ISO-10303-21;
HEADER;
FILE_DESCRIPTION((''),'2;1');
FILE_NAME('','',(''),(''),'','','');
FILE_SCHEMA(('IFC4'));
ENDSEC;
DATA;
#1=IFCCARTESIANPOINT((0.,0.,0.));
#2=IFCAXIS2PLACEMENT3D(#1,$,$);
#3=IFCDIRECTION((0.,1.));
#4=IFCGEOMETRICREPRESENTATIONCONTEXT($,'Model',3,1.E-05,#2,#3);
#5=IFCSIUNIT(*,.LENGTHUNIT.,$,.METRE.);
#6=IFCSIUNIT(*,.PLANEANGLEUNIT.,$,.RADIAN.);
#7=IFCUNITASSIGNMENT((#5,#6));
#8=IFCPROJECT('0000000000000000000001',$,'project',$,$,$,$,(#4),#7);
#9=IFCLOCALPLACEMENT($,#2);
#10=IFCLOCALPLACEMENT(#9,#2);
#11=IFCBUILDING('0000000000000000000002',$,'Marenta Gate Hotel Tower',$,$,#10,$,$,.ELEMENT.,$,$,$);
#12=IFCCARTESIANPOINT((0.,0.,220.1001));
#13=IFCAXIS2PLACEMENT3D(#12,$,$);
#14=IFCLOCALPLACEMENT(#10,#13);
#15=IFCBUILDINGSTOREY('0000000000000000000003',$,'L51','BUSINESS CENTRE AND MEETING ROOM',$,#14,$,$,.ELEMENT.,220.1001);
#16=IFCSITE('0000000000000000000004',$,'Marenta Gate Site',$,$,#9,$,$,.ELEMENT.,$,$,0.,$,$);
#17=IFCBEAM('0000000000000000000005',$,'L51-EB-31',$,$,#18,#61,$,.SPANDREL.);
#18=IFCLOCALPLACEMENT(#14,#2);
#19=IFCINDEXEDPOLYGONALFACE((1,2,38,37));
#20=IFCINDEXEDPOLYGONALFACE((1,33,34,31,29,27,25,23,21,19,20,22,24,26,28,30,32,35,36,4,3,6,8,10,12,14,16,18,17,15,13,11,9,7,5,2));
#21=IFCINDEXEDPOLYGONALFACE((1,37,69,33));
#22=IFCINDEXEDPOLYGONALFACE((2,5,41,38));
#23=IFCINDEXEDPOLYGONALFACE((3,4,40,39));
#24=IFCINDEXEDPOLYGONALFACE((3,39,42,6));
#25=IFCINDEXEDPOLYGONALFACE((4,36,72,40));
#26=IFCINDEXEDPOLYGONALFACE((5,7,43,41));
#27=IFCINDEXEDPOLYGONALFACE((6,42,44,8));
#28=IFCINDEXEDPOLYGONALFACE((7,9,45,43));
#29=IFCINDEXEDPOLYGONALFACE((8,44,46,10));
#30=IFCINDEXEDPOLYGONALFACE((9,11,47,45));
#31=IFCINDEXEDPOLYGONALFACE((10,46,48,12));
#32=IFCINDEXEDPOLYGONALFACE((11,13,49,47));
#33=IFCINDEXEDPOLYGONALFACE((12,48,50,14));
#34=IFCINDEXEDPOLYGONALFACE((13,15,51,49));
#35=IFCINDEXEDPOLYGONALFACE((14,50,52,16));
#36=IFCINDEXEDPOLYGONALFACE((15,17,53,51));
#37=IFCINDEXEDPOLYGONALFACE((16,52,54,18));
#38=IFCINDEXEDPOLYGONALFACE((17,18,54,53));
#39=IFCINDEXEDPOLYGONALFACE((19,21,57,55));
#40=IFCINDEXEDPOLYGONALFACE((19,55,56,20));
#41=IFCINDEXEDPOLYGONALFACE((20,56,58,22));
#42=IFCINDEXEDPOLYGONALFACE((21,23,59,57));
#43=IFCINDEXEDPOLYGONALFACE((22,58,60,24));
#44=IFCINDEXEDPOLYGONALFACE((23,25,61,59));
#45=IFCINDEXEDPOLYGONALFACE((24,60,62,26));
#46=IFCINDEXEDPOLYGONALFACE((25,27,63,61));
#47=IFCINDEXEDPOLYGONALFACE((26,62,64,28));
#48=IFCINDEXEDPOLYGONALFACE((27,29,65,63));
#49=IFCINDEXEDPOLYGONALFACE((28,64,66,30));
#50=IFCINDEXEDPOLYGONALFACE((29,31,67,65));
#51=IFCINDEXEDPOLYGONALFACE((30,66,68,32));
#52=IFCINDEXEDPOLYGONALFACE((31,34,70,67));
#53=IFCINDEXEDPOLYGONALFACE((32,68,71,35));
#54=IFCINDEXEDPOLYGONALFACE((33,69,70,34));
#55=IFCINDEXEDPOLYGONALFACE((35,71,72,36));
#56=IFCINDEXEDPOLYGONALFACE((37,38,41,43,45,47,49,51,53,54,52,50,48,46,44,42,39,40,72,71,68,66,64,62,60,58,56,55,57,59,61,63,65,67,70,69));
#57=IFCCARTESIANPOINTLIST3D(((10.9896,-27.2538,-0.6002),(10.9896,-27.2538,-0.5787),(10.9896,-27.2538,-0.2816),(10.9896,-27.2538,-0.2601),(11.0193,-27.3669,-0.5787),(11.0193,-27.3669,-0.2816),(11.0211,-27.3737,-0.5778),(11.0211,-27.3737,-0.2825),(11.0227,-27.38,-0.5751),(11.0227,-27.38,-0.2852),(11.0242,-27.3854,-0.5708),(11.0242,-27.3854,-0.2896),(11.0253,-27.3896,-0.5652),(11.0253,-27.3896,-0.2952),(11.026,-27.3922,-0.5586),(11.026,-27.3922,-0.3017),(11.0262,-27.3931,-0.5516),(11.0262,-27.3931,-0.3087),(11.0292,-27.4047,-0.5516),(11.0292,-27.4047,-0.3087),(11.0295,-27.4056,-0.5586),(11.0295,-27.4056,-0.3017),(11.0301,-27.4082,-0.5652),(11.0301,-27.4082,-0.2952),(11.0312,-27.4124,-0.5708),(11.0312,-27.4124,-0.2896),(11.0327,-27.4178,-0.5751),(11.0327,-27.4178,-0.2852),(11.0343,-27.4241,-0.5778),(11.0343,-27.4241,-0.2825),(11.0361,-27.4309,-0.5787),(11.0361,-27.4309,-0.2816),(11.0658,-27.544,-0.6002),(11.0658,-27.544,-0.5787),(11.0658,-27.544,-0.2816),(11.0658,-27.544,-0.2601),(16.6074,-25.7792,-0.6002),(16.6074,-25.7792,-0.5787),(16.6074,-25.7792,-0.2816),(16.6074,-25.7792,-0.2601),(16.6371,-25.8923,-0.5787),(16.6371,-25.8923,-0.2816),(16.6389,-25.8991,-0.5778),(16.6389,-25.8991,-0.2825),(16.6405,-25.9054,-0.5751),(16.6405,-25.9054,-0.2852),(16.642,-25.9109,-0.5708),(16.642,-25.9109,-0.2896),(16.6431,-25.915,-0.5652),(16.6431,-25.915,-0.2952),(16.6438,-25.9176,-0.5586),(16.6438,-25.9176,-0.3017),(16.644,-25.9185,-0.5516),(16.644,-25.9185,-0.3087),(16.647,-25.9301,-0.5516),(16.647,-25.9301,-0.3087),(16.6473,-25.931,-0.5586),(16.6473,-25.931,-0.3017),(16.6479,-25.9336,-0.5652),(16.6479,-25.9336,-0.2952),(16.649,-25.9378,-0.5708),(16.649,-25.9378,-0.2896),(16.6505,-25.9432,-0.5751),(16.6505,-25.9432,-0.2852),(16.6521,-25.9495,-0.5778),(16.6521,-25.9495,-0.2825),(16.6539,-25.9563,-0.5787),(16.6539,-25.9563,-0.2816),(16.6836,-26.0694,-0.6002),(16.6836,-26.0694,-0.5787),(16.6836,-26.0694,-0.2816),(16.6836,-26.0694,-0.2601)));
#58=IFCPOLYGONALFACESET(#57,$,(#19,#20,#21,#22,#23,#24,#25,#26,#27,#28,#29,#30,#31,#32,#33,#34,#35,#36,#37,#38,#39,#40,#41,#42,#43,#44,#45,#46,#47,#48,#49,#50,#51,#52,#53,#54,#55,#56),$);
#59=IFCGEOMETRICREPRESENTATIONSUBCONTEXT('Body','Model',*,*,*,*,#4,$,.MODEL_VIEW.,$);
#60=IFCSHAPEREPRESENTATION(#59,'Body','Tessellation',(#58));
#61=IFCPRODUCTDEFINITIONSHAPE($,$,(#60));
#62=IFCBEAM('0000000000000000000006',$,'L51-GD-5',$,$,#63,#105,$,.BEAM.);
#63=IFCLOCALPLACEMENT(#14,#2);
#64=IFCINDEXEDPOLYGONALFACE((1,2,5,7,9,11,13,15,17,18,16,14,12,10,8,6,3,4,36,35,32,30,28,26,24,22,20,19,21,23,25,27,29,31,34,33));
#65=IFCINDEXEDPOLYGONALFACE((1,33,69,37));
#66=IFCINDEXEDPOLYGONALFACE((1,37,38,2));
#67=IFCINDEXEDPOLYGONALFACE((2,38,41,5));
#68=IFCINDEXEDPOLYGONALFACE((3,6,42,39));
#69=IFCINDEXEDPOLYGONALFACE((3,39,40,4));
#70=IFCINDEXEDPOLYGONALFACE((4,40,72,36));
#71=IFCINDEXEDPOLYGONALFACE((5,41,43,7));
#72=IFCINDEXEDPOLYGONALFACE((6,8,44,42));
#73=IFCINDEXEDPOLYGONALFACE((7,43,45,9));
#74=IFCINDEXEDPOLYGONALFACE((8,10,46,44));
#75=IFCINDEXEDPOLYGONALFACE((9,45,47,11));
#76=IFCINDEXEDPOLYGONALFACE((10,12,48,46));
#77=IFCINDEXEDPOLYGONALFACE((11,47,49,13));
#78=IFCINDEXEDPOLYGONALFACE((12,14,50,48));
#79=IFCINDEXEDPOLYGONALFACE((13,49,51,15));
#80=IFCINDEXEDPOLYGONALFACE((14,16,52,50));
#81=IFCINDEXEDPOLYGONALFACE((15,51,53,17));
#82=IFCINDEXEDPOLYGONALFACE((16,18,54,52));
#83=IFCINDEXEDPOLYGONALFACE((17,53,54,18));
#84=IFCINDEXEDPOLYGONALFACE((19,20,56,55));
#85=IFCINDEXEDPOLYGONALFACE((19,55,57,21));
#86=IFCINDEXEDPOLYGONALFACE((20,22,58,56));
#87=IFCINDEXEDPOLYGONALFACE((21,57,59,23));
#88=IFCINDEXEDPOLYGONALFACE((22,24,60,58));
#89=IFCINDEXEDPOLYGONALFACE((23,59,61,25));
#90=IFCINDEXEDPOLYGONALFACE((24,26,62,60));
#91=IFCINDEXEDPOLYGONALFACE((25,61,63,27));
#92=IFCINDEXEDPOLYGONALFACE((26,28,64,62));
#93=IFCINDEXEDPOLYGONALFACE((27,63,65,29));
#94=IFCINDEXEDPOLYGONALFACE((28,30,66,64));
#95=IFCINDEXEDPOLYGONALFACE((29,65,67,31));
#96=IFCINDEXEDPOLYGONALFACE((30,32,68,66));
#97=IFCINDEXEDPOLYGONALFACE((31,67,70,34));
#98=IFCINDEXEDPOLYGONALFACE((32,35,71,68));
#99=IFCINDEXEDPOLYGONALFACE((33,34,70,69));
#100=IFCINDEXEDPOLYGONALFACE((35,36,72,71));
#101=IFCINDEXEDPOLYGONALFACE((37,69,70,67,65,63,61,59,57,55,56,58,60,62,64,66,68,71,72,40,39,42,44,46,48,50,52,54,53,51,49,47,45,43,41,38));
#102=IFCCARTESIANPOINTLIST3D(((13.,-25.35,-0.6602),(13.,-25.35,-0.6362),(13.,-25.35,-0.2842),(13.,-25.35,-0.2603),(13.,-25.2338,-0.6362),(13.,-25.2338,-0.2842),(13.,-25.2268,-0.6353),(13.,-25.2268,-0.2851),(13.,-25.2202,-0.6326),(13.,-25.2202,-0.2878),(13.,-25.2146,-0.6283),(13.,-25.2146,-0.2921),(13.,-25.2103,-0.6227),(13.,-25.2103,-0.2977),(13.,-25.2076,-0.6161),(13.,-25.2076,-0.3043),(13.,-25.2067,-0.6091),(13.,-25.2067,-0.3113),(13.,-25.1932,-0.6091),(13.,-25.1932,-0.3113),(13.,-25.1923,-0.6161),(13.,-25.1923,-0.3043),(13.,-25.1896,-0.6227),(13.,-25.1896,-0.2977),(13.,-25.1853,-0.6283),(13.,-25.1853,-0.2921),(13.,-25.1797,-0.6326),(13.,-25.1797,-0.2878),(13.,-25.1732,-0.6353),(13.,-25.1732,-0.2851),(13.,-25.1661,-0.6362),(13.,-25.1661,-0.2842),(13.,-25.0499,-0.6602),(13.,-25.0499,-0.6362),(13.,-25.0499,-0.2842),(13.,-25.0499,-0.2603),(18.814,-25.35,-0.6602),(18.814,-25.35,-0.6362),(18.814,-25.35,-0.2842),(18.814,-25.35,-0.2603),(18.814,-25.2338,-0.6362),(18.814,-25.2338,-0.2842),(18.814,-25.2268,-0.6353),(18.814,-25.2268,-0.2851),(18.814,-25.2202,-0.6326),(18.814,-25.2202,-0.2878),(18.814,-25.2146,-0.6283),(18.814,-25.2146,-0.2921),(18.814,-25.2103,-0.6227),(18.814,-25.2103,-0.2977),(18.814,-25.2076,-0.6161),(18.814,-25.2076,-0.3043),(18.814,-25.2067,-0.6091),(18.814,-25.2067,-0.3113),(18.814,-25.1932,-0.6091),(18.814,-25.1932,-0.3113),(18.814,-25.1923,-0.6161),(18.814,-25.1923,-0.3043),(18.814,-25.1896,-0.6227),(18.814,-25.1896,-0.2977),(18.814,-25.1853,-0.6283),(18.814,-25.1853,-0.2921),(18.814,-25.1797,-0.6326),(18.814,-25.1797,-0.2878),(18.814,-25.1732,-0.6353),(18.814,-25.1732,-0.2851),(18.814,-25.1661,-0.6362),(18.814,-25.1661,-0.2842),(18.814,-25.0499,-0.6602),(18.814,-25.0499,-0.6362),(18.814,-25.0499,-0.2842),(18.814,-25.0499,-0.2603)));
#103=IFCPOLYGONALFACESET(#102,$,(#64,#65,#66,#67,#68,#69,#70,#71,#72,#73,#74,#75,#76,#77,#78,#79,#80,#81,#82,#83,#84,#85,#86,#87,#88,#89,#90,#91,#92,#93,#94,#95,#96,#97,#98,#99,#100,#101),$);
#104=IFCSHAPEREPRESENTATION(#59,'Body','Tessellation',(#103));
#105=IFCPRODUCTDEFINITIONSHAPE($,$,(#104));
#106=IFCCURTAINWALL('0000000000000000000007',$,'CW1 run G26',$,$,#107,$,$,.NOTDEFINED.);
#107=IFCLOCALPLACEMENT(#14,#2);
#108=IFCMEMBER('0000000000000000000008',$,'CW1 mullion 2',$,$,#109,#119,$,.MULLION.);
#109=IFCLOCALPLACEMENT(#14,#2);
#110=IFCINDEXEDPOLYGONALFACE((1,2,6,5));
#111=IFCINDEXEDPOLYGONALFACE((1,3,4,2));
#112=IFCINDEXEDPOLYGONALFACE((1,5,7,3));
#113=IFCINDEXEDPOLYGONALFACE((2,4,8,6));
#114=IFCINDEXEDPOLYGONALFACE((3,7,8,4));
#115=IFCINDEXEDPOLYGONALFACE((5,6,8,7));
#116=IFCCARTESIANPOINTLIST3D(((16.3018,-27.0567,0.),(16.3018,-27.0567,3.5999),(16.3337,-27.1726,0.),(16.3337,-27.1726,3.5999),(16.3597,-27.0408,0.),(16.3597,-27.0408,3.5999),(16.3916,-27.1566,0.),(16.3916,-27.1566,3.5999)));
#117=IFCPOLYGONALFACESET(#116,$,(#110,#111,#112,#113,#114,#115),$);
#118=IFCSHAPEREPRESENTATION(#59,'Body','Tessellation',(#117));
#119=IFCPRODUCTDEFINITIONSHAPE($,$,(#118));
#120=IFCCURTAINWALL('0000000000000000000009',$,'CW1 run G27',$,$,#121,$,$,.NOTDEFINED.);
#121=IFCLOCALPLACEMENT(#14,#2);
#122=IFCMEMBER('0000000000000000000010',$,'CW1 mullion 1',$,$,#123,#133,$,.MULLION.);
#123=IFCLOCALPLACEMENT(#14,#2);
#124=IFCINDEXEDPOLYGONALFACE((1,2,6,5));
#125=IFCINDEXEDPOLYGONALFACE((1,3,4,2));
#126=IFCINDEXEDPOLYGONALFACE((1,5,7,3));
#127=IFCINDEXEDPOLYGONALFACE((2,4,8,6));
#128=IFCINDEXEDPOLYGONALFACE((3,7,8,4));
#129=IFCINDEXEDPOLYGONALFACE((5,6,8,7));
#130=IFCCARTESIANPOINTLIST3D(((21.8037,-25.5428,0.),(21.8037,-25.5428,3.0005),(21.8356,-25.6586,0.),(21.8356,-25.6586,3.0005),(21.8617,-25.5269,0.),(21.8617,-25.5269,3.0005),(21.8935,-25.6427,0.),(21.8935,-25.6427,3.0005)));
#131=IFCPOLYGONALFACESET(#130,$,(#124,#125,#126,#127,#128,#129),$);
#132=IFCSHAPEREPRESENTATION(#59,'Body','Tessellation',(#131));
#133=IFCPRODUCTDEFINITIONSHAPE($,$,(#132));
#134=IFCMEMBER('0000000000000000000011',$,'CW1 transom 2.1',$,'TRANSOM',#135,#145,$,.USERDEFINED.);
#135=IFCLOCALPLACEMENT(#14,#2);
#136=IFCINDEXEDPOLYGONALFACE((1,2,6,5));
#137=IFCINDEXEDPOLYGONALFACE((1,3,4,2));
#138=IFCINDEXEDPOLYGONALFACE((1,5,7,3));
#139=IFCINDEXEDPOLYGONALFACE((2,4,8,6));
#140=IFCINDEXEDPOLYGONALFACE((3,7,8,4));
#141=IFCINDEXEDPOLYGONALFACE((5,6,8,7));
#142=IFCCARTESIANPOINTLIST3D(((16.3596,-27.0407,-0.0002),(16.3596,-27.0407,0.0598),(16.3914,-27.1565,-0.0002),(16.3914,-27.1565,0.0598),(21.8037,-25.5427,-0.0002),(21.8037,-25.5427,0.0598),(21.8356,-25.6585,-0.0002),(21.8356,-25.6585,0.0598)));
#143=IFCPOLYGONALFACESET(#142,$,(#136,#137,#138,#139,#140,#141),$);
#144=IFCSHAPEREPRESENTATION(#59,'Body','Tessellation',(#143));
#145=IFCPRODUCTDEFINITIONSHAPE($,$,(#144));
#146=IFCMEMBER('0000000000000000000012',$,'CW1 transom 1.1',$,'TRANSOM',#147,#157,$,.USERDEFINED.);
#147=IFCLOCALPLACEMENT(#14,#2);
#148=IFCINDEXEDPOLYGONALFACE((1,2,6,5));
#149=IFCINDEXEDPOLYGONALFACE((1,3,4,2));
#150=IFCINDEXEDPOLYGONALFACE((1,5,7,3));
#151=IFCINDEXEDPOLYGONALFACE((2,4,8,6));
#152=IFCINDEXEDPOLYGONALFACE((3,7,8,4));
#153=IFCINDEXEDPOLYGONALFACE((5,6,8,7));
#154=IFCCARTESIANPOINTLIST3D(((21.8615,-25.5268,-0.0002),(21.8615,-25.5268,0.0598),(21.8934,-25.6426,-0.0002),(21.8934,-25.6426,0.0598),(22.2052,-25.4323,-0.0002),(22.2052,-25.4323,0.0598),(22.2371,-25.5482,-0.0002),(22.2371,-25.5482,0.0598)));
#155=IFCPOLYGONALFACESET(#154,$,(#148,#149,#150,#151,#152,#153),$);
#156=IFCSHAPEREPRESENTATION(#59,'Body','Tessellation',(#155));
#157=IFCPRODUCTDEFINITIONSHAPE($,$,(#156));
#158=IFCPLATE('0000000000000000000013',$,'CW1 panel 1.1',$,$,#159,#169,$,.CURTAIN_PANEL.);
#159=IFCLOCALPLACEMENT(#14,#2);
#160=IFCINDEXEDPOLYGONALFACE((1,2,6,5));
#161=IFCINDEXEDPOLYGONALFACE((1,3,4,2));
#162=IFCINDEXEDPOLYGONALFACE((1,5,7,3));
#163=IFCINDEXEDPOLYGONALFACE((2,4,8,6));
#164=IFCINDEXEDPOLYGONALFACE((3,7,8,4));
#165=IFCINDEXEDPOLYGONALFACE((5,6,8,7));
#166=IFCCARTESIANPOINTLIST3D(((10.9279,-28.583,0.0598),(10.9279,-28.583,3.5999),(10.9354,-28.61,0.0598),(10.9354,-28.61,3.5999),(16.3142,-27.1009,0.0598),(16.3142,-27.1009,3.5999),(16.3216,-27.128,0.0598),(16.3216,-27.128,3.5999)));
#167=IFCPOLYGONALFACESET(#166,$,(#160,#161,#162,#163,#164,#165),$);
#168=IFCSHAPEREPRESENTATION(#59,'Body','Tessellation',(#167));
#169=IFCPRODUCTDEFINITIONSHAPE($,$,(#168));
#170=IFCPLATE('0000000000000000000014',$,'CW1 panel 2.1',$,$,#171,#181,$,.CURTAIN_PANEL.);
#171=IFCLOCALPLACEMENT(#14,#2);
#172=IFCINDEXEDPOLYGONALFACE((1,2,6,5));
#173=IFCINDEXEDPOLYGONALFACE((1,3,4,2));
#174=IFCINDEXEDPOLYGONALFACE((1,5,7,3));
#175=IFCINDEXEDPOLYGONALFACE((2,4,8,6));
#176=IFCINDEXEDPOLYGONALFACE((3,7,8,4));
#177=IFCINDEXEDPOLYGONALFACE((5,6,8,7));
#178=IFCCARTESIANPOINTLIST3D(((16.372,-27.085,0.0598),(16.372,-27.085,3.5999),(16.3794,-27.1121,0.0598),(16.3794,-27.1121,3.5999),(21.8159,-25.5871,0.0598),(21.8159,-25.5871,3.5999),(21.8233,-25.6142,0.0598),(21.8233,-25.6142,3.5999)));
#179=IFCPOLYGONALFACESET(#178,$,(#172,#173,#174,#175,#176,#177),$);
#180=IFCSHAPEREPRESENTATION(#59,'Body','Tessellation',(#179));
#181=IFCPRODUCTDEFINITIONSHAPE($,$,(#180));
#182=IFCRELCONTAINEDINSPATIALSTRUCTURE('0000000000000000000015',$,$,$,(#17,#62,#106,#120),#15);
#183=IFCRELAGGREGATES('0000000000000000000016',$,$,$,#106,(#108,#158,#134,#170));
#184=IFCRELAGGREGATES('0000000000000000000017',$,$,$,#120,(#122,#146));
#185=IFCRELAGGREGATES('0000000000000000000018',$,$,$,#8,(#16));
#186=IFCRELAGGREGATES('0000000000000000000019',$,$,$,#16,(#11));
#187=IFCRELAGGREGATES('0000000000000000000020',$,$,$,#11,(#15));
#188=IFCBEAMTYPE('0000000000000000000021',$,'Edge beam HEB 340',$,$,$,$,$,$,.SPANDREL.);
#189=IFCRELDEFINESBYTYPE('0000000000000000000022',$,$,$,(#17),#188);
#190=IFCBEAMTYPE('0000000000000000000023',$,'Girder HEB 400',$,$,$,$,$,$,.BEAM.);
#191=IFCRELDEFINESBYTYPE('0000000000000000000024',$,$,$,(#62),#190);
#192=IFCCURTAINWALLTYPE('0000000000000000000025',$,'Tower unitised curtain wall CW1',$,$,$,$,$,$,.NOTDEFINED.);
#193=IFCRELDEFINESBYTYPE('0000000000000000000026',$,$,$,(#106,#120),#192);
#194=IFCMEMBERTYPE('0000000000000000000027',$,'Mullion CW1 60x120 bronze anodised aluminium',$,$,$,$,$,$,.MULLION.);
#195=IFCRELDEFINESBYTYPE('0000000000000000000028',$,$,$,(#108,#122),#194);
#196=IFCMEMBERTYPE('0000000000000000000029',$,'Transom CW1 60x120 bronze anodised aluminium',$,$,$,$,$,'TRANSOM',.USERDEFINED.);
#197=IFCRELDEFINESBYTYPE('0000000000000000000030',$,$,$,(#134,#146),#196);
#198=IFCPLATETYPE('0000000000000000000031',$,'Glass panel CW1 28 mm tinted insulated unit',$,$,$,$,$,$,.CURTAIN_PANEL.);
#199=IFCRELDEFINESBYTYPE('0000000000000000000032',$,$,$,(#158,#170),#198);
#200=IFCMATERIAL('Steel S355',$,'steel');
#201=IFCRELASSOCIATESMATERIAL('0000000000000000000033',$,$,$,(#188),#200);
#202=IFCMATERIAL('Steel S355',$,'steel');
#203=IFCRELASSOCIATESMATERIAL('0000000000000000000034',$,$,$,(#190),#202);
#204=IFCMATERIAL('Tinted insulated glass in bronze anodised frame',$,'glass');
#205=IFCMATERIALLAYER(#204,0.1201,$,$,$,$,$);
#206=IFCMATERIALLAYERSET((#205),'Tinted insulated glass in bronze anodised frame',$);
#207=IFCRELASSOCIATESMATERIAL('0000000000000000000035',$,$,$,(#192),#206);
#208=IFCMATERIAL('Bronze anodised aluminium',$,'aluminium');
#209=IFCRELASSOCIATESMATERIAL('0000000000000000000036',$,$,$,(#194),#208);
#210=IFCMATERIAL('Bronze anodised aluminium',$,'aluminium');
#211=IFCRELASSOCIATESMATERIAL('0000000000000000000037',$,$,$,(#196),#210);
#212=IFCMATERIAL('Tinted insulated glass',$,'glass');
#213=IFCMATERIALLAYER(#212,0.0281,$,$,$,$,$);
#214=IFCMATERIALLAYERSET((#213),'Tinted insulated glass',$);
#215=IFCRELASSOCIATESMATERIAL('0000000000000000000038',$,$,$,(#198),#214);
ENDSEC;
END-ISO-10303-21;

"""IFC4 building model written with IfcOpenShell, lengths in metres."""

from ifc_helpers import new_model, si_unit, direction, frame, origin, origin_2d, place, context, subcontext, project, spatial, rectangle, i_section, extrude, material, layer, layer_set, material_profile, profile_set, type_object, element, aggregate, save


model = new_model("IFC4")

# Units and contexts
model_context = context("Model", 3, precision=1e-05, world=origin(), true_north=direction((0.0, 1.0)))
body_context = subcontext(model_context, "Body", "Model", "MODEL_VIEW")
ifc_project = project(units=[si_unit("LENGTHUNIT", "METRE"), si_unit("PLANEANGLEUNIT", "RADIAN")], contexts=[model_context])

# Site, building, storey
site_placement = place(None, origin())
site = spatial("IfcSite", under=ifc_project, at=site_placement, Name="Marenta Gate Site", CompositionType="ELEMENT", RefElevation=0.0)
building_placement = place(site_placement, origin())
building = spatial("IfcBuilding", under=site, at=building_placement, Name="Marenta Gate Hotel Tower", CompositionType="ELEMENT")
storey_placement = place(building_placement, frame((0.0, 0.0, 220.1001)))
storey = spatial("IfcBuildingStorey", under=building, at=storey_placement, Name="L51", Description="BUSINESS CENTRE AND MEETING ROOM", CompositionType="ELEMENT", Elevation=220.1001)

# Beams
ifc_material_1 = material(Name="Steel S355", Category="steel")
ifc_material_profile_1 = material_profile(ifc_material_1, i_section(OverallWidth=0.3, OverallDepth=0.3401, WebThickness=0.012, FlangeThickness=0.0215, FilletRadius=0.0271, at=origin_2d()), Name="HEB 340")
ifc_profile_set_1 = profile_set([ifc_material_profile_1], Name="Steel S355")
beam_type_1 = type_object("IfcBeamType", Name="Edge beam HEB 340", PredefinedType="SPANDREL", material=ifc_profile_set_1)
beam_1_placement = place(storey_placement, frame((16.6455, -25.9243, -0.4302), z_axis=(-0.967235, -0.253883, 0.0), x_axis=(0.253883, -0.967235, 0.0)))
element("IfcBeam", 1, at=beam_1_placement, inside=storey, type_object=beam_type_1, Name="L51-EB-31", PredefinedType="SPANDREL", context=body_context, shape_type="SweptSolid", body=[
    extrude(i_section(OverallWidth=0.3, OverallDepth=0.3401, WebThickness=0.012, FlangeThickness=0.0215, FilletRadius=0.0271, at=origin_2d()), origin(), (0.0, 0.0, 1.0), 5.8081),
])
ifc_material_2 = material(Name="Steel S355", Category="steel")
ifc_material_profile_2 = material_profile(ifc_material_2, i_section(OverallWidth=0.3, OverallDepth=0.3999, WebThickness=0.0134, FlangeThickness=0.0239, FilletRadius=0.0271, at=origin_2d()), Name="HEB 400")
ifc_profile_set_2 = profile_set([ifc_material_profile_2], Name="Steel S355")
beam_type_2 = type_object("IfcBeamType", Name="Girder HEB 400", PredefinedType="BEAM", material=ifc_profile_set_2)
beam_2_placement = place(storey_placement, frame((13.0, -25.2, -0.4602), z_axis=(1.0, 0.0, 0.0), x_axis=(0.0, 1.0, 0.0)))
element("IfcBeam", 2, at=beam_2_placement, inside=storey, type_object=beam_type_2, Name="L51-GD-5", PredefinedType="BEAM", context=body_context, shape_type="SweptSolid", body=[
    extrude(i_section(OverallWidth=0.3, OverallDepth=0.3999, WebThickness=0.0134, FlangeThickness=0.0239, FilletRadius=0.0271, at=origin_2d()), origin(), (0.0, 0.0, 1.0), 5.814),
])

# Curtain walls, members
ifc_material_3 = material(Name="Tinted insulated glass in bronze anodised frame", Category="glass")
ifc_layer_1 = layer(ifc_material_3, 0.1201)
ifc_layer_set_1 = layer_set([ifc_layer_1], Name="Tinted insulated glass in bronze anodised frame")
curtain_wall_type = type_object("IfcCurtainWallType", Name="Tower unitised curtain wall CW1", PredefinedType="NOTDEFINED", material=ifc_layer_set_1)
curtain_wall_1_placement = place(storey_placement, origin())
curtain_wall_1 = element("IfcCurtainWall", 3, at=curtain_wall_1_placement, inside=storey, type_object=curtain_wall_type, Name="CW1 run G26", PredefinedType="NOTDEFINED")
ifc_material_4 = material(Name="Bronze anodised aluminium", Category="aluminium")
ifc_material_profile_3 = material_profile(ifc_material_4, rectangle(XDim=0.1201, YDim=0.0601, at=origin_2d()), Name="Mullion CW1 60x120 bronze anodised aluminium")
ifc_profile_set_3 = profile_set([ifc_material_profile_3], Name="Bronze anodised aluminium")
member_type_1 = type_object("IfcMemberType", Name="Mullion CW1 60x120 bronze anodised aluminium", PredefinedType="MULLION", material=ifc_profile_set_3)
member_1_placement = place(storey_placement, frame((16.3467, -27.1067, 0.0), z_axis=(0.0, 0.0, 1.0), x_axis=(-0.265294, 0.964168, 0.0)))
member_1 = element("IfcMember", 4, at=member_1_placement, type_object=member_type_1, Name="CW1 mullion 2", PredefinedType="MULLION", context=body_context, shape_type="SweptSolid", body=[
    extrude(rectangle(XDim=0.1201, YDim=0.0601, at=origin_2d()), origin(), (0.0, 0.0, 1.0), 3.5999),
])
curtain_wall_2_placement = place(storey_placement, origin())
curtain_wall_2 = element("IfcCurtainWall", 5, at=curtain_wall_2_placement, inside=storey, type_object=curtain_wall_type, Name="CW1 run G27", PredefinedType="NOTDEFINED")
member_2_placement = place(storey_placement, frame((21.8486, -25.5928, 0.0), z_axis=(0.0, 0.0, 1.0), x_axis=(-0.265283, 0.964171, 0.0)))
member_2 = element("IfcMember", 6, at=member_2_placement, type_object=member_type_1, Name="CW1 mullion 1", PredefinedType="MULLION", context=body_context, shape_type="SweptSolid", body=[
    extrude(rectangle(XDim=0.1201, YDim=0.0601, at=origin_2d()), origin(), (0.0, 0.0, 1.0), 3.0005),
])

# Members
ifc_material_5 = material(Name="Bronze anodised aluminium", Category="aluminium")
ifc_material_profile_4 = material_profile(ifc_material_5, rectangle(XDim=0.1201, YDim=0.0601, at=origin_2d()), Name="Transom CW1 60x120 bronze anodised aluminium")
ifc_profile_set_4 = profile_set([ifc_material_profile_4], Name="Bronze anodised aluminium")
member_type_2 = type_object("IfcMemberType", Name="Transom CW1 60x120 bronze anodised aluminium", ElementType="TRANSOM", PredefinedType="USERDEFINED", material=ifc_profile_set_4)
member_3_placement = place(storey_placement, frame((16.3755, -27.0986, 0.0298), z_axis=(0.964164, 0.265308, 0.0), x_axis=(-0.265308, 0.964164, 0.0)))
member_3 = element("IfcMember", 7, at=member_3_placement, type_object=member_type_2, Name="CW1 transom 2.1", ObjectType="TRANSOM", PredefinedType="USERDEFINED", context=body_context, shape_type="SweptSolid", body=[
    extrude(rectangle(XDim=0.1201, YDim=0.0601, at=origin_2d()), origin(), (0.0, 0.0, 1.0), 5.6465),
])
member_4_placement = place(storey_placement, frame((21.8774, -25.5847, 0.0298), z_axis=(0.96424, 0.265029, 0.0), x_axis=(-0.265029, 0.96424, 0.0)))
member_4 = element("IfcMember", 8, at=member_4_placement, type_object=member_type_2, Name="CW1 transom 1.1", ObjectType="TRANSOM", PredefinedType="USERDEFINED", context=body_context, shape_type="SweptSolid", body=[
    extrude(rectangle(XDim=0.1201, YDim=0.0601, at=origin_2d()), origin(), (0.0, 0.0, 1.0), 0.3564),
])

# Plates
ifc_material_6 = material(Name="Tinted insulated glass", Category="glass")
ifc_layer_2 = layer(ifc_material_6, 0.0281)
ifc_layer_set_2 = layer_set([ifc_layer_2], Name="Tinted insulated glass")
plate_type = type_object("IfcPlateType", Name="Glass panel CW1 28 mm tinted insulated unit", PredefinedType="CURTAIN_PANEL", material=ifc_layer_set_2)
plate_1_placement = place(storey_placement, frame((13.6248, -27.8555, 0.0598), z_axis=(0.0, 0.0, 1.0), x_axis=(0.964168, 0.265294, 0.0)))
plate_1 = element("IfcPlate", 9, at=plate_1_placement, type_object=plate_type, Name="CW1 panel 1.1", PredefinedType="CURTAIN_PANEL", context=body_context, shape_type="SweptSolid", body=[
    extrude(rectangle(XDim=5.5864, YDim=0.0281, at=origin_2d()), origin(), (0.0, 0.0, 1.0), 3.54),
])
plate_2_placement = place(storey_placement, frame((19.0977, -26.3496, 0.0598), z_axis=(0.0, 0.0, 1.0), x_axis=(0.964168, 0.265294, 0.0)))
plate_2 = element("IfcPlate", 10, at=plate_2_placement, type_object=plate_type, Name="CW1 panel 2.1", PredefinedType="CURTAIN_PANEL", context=body_context, shape_type="SweptSolid", body=[
    extrude(rectangle(XDim=5.6462, YDim=0.0281, at=origin_2d()), origin(), (0.0, 0.0, 1.0), 3.54),
])
aggregate(curtain_wall_1, [member_1, plate_1, member_3, plate_2])
aggregate(curtain_wall_2, [member_2, member_4])

save(model, "model.ifc")
